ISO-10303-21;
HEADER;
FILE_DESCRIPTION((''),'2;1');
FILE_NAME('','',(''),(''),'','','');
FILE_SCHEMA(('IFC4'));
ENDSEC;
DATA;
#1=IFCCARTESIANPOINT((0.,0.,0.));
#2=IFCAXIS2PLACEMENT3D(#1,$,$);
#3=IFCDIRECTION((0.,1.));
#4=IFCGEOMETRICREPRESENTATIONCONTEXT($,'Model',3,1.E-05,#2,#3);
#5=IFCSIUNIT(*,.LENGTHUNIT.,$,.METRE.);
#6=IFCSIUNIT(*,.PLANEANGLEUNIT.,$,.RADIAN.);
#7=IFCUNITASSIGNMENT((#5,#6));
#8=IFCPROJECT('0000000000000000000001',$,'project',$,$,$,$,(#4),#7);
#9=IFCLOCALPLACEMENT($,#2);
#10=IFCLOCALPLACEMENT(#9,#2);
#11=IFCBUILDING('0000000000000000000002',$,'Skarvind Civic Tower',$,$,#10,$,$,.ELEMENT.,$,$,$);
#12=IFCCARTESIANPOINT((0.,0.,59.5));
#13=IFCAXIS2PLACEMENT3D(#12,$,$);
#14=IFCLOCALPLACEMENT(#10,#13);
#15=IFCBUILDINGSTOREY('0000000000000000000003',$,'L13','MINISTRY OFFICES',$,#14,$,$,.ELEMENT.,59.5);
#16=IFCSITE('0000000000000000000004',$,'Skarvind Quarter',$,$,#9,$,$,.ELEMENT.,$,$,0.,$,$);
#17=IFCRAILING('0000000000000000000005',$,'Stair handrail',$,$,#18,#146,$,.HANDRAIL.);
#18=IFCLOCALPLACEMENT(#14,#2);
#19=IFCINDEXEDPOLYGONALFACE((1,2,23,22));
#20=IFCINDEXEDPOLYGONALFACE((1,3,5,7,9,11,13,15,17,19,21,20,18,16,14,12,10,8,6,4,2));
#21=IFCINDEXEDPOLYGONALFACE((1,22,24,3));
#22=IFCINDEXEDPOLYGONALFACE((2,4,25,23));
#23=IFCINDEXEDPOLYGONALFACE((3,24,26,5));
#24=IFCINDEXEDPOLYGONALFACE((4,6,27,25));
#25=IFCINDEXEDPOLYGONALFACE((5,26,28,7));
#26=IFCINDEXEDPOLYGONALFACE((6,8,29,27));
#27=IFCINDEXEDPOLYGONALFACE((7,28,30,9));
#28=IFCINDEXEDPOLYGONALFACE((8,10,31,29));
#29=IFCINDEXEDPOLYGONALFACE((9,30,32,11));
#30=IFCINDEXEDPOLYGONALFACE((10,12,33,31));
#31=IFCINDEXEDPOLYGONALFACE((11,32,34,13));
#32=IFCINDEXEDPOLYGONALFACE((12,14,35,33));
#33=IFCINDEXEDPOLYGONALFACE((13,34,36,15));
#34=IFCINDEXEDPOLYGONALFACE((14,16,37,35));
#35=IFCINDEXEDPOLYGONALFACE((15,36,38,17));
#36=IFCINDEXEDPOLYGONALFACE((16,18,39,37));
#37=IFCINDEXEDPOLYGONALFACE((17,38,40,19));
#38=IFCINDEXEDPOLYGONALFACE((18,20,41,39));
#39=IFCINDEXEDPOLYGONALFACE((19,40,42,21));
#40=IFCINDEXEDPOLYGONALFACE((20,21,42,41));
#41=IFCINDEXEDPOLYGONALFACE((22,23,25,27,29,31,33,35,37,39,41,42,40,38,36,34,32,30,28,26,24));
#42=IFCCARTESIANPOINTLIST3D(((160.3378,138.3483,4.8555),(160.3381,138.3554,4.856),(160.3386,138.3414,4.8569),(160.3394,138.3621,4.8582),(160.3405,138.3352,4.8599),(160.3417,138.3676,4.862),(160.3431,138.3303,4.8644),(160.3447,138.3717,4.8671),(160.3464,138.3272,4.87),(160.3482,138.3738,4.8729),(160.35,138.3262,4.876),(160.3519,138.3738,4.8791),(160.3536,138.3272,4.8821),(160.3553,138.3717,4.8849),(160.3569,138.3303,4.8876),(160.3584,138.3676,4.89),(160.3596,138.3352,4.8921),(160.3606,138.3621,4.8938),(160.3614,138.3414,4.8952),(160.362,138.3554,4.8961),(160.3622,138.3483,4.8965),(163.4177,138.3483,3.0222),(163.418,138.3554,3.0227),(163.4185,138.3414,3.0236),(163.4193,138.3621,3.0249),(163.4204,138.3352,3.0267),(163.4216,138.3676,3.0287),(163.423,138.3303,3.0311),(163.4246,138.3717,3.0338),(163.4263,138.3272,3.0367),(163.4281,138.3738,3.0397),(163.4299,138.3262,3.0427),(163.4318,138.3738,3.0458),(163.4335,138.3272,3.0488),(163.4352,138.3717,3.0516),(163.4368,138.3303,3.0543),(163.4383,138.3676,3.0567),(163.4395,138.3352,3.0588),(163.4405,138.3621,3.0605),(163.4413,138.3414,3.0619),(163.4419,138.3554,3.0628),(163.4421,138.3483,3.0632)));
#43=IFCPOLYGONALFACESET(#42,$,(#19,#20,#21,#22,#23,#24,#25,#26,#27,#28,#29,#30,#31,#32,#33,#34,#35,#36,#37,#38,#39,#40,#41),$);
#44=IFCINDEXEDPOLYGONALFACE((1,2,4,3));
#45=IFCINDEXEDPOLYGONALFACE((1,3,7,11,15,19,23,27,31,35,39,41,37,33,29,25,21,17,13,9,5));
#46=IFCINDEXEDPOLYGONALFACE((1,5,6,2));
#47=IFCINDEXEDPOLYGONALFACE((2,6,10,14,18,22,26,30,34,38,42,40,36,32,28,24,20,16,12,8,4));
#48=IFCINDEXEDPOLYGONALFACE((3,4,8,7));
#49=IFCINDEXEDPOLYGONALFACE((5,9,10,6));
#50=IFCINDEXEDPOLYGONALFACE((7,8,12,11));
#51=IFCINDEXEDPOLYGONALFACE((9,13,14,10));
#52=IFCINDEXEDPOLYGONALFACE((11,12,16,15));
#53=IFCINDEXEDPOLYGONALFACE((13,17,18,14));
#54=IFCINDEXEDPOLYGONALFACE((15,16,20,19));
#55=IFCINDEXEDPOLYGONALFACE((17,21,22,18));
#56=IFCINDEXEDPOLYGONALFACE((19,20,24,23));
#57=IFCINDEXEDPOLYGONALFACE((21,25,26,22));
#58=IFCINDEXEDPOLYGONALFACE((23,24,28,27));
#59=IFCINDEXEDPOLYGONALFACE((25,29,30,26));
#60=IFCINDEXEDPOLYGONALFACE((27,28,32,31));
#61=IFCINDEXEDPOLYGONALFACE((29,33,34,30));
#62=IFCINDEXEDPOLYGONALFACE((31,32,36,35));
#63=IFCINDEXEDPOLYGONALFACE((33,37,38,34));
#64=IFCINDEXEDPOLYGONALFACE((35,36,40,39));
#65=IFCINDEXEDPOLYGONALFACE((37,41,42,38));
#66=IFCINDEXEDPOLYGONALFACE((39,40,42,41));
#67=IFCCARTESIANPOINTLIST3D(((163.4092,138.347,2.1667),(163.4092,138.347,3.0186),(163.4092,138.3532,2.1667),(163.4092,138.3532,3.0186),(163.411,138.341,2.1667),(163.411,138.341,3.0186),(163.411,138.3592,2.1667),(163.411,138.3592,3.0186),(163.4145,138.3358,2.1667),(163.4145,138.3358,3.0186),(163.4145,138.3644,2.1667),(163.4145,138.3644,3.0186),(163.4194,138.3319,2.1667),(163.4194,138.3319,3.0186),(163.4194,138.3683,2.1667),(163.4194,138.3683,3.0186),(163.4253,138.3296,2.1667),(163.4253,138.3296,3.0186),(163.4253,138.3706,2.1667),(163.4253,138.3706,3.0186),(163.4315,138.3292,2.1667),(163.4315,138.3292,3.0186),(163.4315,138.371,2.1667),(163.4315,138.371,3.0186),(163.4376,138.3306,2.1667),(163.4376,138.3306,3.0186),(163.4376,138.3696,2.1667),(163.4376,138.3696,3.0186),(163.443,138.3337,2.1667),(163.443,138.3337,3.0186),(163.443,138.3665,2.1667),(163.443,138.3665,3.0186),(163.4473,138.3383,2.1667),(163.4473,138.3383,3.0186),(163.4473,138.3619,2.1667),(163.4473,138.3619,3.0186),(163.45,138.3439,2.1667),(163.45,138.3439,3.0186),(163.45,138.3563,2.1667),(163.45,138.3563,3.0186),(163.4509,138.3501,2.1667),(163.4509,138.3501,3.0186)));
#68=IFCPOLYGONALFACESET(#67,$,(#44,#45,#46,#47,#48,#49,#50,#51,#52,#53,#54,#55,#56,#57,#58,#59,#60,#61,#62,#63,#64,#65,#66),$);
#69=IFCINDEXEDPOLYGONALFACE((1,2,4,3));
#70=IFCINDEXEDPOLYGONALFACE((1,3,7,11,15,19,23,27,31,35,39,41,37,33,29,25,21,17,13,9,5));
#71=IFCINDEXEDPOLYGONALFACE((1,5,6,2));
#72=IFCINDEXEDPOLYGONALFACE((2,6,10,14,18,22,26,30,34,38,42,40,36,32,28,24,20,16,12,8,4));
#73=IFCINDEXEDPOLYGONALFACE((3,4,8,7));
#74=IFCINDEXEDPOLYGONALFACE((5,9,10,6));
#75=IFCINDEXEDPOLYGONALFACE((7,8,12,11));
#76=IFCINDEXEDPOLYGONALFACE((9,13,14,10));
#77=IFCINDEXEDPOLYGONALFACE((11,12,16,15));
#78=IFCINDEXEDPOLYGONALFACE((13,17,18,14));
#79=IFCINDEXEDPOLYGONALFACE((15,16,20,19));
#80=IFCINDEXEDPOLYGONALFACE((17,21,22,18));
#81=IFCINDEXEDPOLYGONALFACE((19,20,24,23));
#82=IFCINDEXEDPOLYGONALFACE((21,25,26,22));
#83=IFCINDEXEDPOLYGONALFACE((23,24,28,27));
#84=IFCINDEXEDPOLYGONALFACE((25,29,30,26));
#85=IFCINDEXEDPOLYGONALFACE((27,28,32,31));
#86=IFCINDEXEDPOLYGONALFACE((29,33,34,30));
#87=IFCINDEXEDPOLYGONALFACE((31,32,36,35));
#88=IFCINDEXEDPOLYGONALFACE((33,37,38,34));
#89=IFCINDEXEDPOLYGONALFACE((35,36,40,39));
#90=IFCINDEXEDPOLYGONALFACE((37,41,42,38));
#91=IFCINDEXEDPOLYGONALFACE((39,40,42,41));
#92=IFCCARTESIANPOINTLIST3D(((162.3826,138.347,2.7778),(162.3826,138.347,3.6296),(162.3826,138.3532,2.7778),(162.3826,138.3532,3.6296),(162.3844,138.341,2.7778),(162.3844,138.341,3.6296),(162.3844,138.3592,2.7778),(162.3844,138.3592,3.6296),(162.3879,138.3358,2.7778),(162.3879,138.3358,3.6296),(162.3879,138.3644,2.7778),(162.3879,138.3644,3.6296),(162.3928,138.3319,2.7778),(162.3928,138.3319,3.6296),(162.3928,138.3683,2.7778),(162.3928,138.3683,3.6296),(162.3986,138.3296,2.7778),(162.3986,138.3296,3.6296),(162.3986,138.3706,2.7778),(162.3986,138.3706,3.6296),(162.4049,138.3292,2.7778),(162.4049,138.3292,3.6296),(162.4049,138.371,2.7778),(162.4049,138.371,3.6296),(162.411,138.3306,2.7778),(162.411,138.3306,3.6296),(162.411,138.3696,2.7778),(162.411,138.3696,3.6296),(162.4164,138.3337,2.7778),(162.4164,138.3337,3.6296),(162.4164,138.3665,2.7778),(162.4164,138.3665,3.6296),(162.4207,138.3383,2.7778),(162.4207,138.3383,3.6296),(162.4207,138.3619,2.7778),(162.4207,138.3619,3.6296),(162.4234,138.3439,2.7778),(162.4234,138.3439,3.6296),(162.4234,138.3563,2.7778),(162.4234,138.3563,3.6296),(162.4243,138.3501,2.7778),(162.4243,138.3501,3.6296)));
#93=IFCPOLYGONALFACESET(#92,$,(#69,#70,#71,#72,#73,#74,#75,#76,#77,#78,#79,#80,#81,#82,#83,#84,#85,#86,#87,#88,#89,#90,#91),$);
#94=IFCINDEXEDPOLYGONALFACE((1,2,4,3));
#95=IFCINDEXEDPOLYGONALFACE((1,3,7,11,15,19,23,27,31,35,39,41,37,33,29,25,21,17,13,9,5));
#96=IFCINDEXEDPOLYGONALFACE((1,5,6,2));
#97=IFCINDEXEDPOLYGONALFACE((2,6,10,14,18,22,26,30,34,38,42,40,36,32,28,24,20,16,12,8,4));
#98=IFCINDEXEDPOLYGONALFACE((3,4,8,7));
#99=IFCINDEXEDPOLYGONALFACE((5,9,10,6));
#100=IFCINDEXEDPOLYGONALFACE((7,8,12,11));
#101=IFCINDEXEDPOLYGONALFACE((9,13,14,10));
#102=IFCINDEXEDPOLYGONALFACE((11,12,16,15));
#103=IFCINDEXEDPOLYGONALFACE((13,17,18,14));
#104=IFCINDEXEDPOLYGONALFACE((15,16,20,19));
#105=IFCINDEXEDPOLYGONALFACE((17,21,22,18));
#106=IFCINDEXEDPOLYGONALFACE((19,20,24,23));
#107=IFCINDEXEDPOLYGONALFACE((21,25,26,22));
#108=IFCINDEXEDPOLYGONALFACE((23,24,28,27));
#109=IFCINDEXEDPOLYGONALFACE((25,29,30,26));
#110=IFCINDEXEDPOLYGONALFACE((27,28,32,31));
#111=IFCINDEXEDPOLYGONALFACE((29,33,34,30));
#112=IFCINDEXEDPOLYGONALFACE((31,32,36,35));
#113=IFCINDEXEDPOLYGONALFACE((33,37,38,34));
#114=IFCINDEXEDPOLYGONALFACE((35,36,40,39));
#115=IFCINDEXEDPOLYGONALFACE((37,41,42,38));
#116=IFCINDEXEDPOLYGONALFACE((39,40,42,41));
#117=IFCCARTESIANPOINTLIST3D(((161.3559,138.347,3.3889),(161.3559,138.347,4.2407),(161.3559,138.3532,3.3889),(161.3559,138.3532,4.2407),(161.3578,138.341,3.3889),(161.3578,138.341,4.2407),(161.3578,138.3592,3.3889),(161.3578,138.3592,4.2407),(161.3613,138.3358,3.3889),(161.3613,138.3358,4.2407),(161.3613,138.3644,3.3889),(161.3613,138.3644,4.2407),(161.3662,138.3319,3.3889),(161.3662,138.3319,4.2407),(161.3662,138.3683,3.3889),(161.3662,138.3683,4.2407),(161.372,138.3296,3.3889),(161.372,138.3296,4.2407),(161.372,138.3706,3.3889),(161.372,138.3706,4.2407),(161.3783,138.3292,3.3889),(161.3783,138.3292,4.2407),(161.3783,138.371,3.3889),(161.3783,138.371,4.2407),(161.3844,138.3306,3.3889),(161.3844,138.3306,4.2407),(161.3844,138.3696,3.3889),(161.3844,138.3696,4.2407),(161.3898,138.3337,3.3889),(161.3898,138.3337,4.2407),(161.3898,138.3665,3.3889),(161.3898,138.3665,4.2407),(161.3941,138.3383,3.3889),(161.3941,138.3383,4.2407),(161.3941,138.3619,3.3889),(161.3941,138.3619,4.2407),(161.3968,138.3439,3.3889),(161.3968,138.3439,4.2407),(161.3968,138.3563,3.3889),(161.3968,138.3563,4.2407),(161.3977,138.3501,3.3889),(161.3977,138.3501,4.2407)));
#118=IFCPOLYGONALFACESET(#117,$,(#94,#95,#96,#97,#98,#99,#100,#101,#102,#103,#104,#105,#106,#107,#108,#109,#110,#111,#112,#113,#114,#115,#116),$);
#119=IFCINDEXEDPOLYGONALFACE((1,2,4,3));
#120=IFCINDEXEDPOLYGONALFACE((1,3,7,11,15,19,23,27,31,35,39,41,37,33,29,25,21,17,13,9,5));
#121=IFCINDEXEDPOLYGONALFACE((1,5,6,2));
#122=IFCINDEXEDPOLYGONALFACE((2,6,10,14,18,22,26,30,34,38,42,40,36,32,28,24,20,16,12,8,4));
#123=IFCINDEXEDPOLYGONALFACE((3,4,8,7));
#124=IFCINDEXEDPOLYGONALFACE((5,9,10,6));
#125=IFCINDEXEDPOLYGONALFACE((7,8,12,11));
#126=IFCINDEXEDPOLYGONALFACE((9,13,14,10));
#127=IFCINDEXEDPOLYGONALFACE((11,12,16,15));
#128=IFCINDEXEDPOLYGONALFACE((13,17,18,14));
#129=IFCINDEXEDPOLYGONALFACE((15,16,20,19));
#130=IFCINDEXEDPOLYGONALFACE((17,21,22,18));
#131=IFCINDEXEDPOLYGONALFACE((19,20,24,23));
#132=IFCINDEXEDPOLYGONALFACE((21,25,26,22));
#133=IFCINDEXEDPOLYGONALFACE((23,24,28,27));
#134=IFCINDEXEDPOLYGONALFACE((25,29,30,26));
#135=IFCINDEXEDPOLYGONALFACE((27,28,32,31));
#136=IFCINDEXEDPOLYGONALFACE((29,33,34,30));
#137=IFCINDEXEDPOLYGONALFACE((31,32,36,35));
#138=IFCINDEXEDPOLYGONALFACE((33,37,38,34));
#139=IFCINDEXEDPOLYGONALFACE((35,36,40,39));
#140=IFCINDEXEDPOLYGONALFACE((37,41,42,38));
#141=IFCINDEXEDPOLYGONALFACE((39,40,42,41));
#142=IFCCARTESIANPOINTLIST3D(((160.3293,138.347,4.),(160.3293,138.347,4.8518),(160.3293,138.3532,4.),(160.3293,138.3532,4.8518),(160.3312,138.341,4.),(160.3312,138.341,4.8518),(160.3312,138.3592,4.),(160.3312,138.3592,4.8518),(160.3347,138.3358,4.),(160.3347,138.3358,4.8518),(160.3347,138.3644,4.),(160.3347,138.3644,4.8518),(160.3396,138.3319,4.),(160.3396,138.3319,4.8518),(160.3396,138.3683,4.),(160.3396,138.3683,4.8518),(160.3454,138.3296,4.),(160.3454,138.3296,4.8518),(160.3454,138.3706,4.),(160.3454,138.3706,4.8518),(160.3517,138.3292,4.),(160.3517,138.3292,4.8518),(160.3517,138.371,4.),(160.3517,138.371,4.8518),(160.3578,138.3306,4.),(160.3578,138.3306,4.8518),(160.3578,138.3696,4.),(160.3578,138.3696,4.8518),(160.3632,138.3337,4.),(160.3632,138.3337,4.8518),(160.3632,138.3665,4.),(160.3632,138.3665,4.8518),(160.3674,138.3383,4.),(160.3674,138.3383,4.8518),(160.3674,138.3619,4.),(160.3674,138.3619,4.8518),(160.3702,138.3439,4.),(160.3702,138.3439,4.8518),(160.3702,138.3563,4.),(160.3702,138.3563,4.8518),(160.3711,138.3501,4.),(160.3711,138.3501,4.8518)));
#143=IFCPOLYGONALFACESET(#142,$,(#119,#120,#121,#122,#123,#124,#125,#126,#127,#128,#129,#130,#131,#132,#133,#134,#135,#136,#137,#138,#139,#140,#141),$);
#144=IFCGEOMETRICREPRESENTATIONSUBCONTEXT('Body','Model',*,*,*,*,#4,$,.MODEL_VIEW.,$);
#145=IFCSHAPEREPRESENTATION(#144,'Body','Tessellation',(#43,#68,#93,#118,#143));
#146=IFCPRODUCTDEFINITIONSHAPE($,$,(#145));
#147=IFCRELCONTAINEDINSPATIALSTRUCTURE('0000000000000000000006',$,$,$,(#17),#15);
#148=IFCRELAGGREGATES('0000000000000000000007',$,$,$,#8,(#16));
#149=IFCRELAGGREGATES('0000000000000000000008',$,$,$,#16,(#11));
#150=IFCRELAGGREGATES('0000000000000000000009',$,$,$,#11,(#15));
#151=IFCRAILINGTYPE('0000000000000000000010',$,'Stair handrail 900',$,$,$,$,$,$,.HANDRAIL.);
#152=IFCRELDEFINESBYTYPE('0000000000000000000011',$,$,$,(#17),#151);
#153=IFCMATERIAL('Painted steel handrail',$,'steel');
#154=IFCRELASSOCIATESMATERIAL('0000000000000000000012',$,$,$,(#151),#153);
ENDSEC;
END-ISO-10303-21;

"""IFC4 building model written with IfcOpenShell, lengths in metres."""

from ifc_helpers import new_model, si_unit, direction, frame, origin, origin_2d, place, context, subcontext, project, spatial, circle, extrude, material, type_object, element, save


model = new_model("IFC4")

# Units and contexts
model_context = context("Model", 3, precision=1e-05, world=origin(), true_north=direction((0.0, 1.0)))
body_context = subcontext(model_context, "Body", "Model", "MODEL_VIEW")
ifc_project = project(units=[si_unit("LENGTHUNIT", "METRE"), si_unit("PLANEANGLEUNIT", "RADIAN")], contexts=[model_context])

# Site, building, storey
site_placement = place(None, origin())
site = spatial("IfcSite", under=ifc_project, at=site_placement, Name="Skarvind Quarter", CompositionType="ELEMENT", RefElevation=0.0)
building_placement = place(site_placement, origin())
building = spatial("IfcBuilding", under=site, at=building_placement, Name="Skarvind Civic Tower", CompositionType="ELEMENT")
storey_placement = place(building_placement, frame((0.0, 0.0, 59.5)))
storey = spatial("IfcBuildingStorey", under=building, at=storey_placement, Name="L13", Description="MINISTRY OFFICES", CompositionType="ELEMENT", Elevation=59.5)

# Railing
ifc_material_1 = material(Name="Painted steel handrail", Category="steel")
railing_type = type_object("IfcRailingType", Name="Stair handrail 900", PredefinedType="HANDRAIL", material=ifc_material_1)
railing_1_placement = place(storey_placement, frame((163.4299, 138.3501, 2.1667)))
element("IfcRailing", 1, at=railing_1_placement, inside=storey, type_object=railing_type, Name="Stair handrail", PredefinedType="HANDRAIL", context=body_context, shape_type="SweptSolid", body=[
    extrude(circle(Radius=0.0239, at=origin_2d()), frame((0.0, 0.0, 0.876), z_axis=(-0.859291, 0.0, 0.511487), x_axis=(0.0, -1.0, 0.0)), (0.0, 0.0, 1.0), 3.5842),
    extrude(circle(Radius=0.021, at=origin_2d()), origin(), (0.0, 0.0, 1.0), 0.8518),
    extrude(circle(Radius=0.021, at=origin_2d()), frame((-1.0266, 0.0, 0.6111)), (0.0, 0.0, 1.0), 0.8518),
    extrude(circle(Radius=0.021, at=origin_2d()), frame((-2.0532, 0.0, 1.2222)), (0.0, 0.0, 1.0), 0.8518),
    extrude(circle(Radius=0.021, at=origin_2d()), frame((-3.0798, 0.0, 1.8333)), (0.0, 0.0, 1.0), 0.8518),
])

save(model, "model.ifc")
